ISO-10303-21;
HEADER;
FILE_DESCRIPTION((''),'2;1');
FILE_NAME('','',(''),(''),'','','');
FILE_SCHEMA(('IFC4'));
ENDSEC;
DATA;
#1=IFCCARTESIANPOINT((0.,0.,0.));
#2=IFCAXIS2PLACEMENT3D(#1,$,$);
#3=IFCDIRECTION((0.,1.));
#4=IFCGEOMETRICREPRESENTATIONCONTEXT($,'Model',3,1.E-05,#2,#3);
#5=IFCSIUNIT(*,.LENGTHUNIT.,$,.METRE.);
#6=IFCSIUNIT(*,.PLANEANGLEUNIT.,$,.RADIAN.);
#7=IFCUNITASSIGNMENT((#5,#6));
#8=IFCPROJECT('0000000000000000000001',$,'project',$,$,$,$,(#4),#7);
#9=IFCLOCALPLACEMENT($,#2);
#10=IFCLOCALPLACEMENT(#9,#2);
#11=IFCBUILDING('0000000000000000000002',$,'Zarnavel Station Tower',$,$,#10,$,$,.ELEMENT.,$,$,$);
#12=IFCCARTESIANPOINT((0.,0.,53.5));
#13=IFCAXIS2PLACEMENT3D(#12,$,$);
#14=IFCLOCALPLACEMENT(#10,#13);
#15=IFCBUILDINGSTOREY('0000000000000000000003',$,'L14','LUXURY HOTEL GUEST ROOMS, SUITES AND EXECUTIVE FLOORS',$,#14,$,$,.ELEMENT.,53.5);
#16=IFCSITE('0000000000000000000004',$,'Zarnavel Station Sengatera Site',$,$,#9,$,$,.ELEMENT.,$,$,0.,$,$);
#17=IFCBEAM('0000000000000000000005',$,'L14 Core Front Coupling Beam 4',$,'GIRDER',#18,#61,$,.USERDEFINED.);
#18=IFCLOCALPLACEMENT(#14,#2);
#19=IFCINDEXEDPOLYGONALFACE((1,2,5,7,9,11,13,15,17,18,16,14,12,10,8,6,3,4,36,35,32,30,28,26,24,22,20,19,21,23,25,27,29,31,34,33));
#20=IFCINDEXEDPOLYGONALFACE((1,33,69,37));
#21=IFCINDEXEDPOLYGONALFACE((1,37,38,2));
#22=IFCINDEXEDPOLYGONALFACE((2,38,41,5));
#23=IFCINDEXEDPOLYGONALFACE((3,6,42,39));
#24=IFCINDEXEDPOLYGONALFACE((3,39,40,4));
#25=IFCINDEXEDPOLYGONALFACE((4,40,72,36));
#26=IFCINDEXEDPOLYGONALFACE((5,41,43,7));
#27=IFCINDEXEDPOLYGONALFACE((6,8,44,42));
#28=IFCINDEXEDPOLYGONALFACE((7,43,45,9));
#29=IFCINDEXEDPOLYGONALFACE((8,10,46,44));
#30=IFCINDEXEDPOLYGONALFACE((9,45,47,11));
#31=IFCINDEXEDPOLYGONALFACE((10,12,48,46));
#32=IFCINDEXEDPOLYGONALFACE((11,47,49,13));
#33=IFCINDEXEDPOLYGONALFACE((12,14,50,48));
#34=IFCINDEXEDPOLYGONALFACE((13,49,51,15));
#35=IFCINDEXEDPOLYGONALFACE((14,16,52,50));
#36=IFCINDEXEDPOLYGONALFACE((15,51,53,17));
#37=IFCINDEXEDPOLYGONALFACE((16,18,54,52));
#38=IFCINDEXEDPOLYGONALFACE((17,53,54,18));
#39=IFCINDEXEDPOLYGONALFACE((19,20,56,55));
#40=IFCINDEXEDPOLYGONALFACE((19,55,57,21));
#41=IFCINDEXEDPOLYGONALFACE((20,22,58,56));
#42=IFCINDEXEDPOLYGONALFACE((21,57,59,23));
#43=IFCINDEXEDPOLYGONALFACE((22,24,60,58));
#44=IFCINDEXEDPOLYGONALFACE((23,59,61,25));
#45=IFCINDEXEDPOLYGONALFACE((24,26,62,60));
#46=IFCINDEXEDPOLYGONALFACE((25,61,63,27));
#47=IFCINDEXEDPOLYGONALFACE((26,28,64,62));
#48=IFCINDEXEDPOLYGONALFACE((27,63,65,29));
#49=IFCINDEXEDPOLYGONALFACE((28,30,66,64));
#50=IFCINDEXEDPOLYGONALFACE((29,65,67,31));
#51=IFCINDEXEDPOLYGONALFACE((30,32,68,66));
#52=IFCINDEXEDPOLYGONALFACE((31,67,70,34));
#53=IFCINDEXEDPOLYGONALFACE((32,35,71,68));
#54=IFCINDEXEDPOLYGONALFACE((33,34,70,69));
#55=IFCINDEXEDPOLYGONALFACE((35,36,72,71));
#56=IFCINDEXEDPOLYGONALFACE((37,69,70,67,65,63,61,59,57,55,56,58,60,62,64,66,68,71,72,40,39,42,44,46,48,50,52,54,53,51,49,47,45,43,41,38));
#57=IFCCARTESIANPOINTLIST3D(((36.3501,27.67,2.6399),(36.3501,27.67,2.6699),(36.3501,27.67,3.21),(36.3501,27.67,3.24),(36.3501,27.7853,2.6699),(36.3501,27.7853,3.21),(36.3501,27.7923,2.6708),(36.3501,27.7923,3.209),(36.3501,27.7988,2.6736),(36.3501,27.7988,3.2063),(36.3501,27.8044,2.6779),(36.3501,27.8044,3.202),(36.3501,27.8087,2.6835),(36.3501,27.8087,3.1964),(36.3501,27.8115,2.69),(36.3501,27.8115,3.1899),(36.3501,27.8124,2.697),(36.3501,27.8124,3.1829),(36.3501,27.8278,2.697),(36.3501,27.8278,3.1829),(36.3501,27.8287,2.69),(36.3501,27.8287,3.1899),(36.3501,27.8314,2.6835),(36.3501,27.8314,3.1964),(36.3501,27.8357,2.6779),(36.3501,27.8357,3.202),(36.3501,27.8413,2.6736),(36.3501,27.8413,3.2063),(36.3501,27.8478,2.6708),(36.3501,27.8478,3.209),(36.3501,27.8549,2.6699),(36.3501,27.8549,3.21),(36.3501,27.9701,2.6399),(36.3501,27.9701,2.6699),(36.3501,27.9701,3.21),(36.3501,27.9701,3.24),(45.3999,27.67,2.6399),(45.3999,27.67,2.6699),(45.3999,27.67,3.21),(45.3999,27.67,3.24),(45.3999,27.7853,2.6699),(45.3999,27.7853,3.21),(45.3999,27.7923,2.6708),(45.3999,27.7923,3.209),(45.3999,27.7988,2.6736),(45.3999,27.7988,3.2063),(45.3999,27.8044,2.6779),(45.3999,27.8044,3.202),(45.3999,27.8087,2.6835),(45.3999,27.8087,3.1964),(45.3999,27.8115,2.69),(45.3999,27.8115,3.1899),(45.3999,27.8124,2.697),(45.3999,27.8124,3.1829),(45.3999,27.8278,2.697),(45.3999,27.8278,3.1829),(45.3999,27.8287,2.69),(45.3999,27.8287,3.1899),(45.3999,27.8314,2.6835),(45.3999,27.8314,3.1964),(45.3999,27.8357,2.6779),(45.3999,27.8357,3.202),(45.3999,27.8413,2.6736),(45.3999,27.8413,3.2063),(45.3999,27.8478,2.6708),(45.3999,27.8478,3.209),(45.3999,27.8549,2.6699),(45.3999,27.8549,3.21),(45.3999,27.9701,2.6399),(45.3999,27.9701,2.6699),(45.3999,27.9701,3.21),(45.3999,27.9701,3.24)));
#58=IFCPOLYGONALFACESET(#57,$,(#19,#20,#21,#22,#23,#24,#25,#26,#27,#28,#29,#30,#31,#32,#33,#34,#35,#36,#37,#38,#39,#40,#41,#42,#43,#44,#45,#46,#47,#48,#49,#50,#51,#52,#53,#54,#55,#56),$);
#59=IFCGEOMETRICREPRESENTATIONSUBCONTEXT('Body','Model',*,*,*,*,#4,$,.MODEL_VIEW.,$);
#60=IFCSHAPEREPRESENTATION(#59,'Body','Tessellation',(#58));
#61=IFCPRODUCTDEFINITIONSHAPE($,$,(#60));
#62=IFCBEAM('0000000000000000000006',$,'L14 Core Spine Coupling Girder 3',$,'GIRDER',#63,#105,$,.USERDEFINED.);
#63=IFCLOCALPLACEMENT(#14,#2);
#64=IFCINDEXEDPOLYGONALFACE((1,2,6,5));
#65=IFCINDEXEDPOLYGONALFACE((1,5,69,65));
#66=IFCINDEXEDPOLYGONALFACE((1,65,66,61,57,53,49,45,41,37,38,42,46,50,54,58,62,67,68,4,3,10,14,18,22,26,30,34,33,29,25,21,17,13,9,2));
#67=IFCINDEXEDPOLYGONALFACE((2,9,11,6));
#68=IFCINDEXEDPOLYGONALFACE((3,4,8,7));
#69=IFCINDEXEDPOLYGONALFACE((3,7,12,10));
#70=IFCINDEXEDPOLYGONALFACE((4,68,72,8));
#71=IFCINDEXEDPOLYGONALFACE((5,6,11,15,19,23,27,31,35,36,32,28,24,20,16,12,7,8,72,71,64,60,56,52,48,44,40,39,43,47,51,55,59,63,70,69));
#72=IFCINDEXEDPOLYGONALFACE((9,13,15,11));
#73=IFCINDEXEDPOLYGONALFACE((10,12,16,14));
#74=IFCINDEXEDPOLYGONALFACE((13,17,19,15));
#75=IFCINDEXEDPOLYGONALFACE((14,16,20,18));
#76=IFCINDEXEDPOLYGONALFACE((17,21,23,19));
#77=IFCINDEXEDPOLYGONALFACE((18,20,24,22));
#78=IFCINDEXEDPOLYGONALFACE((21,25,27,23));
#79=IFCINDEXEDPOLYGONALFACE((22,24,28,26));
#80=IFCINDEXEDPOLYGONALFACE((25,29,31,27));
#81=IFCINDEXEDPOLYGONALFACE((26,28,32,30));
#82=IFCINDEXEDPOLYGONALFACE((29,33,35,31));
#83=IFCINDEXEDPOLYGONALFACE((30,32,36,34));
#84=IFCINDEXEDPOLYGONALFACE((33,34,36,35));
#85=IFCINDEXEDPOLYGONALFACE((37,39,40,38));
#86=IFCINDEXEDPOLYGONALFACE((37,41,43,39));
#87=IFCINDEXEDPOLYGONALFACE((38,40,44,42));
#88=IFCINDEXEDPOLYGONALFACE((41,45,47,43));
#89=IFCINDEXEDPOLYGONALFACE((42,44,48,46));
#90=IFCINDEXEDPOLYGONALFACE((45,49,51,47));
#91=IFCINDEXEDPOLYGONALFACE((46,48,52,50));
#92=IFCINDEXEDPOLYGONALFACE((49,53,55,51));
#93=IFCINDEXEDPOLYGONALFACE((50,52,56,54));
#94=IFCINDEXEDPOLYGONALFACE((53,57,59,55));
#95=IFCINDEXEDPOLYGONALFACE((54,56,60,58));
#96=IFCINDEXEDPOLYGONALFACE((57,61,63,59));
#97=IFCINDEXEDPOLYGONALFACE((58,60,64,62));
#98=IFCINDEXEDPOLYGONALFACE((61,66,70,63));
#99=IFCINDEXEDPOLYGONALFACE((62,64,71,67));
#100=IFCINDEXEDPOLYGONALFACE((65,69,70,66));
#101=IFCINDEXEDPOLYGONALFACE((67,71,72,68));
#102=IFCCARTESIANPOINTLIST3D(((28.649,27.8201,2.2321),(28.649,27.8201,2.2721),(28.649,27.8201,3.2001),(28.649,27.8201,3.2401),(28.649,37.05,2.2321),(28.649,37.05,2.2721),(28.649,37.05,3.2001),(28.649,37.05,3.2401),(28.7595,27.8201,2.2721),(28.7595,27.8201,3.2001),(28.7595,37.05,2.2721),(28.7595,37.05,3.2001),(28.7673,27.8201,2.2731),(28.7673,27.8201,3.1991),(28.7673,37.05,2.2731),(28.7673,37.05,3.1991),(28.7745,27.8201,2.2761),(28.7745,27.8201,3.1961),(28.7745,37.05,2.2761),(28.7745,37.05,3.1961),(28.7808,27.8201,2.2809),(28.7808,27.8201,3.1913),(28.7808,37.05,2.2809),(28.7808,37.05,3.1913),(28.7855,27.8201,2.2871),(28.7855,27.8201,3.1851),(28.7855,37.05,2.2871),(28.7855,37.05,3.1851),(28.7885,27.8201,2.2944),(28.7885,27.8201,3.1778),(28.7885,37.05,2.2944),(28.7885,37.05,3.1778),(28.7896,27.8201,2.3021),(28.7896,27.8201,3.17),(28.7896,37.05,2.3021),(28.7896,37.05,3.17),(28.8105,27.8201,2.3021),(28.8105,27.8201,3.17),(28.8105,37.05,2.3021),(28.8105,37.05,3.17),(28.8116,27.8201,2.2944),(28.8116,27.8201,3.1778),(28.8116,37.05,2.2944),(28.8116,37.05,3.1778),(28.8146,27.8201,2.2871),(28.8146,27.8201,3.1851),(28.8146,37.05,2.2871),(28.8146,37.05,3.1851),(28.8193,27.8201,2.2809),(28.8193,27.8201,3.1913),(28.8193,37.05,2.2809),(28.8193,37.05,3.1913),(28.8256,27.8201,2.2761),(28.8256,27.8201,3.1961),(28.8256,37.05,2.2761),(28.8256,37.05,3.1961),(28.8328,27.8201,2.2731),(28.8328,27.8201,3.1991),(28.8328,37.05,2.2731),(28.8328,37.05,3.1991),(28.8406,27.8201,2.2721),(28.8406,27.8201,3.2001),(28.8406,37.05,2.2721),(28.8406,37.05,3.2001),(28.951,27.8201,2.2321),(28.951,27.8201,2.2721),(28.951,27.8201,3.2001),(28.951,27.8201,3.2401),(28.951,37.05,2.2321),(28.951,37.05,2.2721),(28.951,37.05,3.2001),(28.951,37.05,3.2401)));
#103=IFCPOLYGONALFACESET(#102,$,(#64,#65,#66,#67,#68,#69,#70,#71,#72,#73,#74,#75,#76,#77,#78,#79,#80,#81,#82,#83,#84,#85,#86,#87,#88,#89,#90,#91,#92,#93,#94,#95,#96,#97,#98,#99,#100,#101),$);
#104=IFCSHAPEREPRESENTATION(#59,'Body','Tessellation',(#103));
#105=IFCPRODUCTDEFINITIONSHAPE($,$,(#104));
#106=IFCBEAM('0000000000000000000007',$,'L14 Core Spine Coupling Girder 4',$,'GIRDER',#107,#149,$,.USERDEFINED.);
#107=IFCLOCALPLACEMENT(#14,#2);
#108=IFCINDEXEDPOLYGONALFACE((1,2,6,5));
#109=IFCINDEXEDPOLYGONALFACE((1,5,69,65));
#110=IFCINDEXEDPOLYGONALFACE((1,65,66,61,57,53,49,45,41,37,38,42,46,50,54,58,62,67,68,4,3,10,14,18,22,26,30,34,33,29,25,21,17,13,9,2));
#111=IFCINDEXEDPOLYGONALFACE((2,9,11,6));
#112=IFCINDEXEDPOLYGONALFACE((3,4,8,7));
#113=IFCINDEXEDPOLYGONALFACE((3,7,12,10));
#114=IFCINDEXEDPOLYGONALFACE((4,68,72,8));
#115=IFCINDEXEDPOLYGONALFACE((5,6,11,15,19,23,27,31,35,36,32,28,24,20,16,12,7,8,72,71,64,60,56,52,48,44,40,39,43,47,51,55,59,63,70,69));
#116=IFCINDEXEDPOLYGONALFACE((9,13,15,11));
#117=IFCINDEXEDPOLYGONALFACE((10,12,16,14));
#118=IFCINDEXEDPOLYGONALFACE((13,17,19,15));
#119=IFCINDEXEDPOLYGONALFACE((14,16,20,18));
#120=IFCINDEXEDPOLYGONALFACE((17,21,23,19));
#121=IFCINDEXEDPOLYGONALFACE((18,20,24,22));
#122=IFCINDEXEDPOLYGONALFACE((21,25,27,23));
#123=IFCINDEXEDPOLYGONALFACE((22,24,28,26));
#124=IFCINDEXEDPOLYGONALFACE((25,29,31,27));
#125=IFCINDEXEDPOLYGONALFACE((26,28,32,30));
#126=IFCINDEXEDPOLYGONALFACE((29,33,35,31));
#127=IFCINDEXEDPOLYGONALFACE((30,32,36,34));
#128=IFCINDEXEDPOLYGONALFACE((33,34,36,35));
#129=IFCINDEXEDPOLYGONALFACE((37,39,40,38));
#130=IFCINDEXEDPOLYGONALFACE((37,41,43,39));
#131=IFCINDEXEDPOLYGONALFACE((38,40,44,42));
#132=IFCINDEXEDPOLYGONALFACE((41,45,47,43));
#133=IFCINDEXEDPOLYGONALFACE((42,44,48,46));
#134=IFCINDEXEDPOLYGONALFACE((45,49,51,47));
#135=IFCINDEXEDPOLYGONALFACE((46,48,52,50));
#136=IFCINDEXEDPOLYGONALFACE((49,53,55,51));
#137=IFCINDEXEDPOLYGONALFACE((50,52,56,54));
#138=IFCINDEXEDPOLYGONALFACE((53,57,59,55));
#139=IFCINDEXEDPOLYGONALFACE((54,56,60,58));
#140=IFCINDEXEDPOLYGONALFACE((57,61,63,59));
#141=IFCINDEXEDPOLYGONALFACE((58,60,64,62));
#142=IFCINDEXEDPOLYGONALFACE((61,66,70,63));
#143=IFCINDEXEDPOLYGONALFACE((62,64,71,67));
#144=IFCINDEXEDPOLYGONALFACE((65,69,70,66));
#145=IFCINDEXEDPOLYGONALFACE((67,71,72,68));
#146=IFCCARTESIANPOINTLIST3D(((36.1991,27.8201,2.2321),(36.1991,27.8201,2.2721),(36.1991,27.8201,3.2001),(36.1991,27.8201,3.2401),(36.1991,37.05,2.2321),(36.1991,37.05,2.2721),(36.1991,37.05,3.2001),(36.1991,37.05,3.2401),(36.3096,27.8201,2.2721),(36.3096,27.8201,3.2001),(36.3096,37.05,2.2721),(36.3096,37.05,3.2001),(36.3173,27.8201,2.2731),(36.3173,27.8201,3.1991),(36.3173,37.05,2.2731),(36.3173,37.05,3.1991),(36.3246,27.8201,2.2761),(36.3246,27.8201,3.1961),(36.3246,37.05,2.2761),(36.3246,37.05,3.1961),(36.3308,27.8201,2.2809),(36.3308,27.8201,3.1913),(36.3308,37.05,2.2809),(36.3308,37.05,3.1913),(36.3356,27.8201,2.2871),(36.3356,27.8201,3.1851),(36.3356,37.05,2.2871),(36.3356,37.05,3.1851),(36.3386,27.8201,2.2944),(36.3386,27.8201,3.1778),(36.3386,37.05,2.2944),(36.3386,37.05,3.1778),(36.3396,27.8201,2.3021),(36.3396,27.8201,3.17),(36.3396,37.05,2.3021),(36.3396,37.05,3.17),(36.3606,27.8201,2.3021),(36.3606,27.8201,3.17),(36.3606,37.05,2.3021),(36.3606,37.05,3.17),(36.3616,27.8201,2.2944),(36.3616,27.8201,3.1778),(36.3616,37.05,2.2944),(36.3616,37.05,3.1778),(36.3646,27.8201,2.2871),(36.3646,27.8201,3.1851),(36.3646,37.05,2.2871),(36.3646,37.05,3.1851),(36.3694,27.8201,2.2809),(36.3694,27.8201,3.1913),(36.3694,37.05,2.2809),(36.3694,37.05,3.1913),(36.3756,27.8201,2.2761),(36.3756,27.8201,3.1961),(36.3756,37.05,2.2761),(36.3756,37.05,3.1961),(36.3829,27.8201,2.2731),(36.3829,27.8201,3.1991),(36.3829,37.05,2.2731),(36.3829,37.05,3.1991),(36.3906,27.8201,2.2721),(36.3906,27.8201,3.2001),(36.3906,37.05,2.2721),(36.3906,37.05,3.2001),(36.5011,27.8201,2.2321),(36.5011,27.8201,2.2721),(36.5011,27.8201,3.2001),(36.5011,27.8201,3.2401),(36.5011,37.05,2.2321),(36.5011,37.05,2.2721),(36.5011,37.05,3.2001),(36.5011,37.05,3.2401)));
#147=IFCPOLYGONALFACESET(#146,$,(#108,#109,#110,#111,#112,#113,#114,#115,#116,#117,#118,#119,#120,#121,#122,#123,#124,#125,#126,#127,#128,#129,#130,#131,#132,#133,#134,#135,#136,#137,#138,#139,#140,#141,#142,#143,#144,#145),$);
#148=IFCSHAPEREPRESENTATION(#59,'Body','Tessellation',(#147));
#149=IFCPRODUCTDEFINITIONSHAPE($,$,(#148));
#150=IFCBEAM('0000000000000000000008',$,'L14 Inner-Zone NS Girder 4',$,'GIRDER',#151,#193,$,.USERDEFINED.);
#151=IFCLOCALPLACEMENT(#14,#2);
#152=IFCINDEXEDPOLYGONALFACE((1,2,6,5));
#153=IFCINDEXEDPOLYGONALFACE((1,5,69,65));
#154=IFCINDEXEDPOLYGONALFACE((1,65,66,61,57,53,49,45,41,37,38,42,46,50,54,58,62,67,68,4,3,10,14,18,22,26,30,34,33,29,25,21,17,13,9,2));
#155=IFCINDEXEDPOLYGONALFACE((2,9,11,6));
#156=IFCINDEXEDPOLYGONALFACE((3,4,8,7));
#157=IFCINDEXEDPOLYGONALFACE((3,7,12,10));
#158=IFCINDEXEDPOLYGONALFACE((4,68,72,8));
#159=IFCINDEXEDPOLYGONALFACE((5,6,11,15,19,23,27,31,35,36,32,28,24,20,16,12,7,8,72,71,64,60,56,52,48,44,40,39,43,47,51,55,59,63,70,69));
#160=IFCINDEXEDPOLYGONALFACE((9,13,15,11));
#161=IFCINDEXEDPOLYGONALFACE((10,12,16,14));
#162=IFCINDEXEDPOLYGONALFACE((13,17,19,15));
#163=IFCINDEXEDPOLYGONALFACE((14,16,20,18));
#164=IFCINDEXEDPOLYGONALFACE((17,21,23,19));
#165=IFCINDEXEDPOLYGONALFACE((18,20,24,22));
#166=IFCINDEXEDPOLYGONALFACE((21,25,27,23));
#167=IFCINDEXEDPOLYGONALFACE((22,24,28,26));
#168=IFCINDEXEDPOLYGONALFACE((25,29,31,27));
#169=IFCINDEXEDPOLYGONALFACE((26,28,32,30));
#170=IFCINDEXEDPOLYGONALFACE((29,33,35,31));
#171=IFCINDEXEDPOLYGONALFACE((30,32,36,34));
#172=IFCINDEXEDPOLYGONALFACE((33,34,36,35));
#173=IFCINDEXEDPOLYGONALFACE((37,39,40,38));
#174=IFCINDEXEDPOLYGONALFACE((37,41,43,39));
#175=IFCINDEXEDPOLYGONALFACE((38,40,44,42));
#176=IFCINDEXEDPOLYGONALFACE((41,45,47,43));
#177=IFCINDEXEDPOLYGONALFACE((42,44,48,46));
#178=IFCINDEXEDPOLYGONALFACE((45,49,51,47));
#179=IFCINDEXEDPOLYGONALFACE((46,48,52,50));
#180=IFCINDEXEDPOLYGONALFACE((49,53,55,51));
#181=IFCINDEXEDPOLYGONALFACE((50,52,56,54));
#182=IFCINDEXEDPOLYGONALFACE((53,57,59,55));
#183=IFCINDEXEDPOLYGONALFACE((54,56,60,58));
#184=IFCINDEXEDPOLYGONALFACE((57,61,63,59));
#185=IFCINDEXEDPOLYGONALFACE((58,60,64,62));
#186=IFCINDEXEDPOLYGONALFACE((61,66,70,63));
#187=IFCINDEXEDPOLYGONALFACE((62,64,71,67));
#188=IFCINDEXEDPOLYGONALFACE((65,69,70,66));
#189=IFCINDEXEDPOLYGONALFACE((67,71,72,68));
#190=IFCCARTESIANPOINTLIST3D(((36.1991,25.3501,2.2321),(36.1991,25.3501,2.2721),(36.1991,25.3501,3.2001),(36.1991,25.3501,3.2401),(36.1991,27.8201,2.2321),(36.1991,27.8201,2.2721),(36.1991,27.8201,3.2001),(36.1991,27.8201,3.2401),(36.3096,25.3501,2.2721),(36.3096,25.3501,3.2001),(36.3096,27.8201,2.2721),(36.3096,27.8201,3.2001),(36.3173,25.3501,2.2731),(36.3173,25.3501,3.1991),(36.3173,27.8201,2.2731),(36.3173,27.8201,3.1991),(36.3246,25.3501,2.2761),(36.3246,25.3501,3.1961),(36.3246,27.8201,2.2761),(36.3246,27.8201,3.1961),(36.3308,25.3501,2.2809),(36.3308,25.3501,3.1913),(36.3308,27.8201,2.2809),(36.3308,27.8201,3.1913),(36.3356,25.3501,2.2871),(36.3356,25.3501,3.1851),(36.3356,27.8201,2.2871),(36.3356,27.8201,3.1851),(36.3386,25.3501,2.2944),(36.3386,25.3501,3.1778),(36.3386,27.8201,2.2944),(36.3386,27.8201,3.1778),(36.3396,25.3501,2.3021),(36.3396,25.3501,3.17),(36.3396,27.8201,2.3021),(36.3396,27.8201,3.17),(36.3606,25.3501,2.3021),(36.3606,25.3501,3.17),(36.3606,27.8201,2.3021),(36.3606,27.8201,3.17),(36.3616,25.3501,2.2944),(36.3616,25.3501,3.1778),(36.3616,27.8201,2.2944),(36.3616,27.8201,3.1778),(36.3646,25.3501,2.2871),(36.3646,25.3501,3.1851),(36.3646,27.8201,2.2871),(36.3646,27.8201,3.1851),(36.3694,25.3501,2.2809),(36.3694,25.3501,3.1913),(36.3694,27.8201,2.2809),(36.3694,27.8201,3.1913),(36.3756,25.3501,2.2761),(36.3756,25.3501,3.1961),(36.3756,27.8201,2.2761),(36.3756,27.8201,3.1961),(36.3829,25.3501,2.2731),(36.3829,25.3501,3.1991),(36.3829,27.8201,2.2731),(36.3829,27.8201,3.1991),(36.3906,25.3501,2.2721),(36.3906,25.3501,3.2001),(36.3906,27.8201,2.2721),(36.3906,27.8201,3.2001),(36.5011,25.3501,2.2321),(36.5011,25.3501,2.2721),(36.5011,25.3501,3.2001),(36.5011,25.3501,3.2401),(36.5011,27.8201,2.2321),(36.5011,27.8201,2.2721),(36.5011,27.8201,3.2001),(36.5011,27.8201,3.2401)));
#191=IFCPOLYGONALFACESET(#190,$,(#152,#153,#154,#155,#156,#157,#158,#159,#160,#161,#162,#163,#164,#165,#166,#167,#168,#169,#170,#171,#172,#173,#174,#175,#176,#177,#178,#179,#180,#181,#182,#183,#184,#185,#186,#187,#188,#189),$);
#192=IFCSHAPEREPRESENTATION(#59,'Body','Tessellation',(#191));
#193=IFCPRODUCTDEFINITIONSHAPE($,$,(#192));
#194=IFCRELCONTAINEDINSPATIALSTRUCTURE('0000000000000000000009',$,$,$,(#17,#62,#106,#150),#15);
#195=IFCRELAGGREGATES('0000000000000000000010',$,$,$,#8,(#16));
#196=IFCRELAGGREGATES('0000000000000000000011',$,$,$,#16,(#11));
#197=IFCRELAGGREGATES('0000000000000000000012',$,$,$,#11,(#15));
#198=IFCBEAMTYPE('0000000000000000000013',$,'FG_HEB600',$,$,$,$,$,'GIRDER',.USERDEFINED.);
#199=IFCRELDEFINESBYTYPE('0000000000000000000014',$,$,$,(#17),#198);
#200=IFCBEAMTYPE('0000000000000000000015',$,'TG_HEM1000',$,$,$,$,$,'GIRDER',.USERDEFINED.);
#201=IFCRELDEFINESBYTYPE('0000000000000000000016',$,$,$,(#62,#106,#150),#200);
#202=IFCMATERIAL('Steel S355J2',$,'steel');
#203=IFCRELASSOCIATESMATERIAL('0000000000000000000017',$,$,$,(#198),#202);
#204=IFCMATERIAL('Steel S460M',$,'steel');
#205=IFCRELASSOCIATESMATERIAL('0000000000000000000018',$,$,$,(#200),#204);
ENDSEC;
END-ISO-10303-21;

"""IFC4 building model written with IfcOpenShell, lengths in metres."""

from ifc_helpers import new_model, si_unit, direction, frame, origin, origin_2d, place, context, subcontext, project, spatial, i_section, extrude, material, material_profile, profile_set, type_object, element, save


model = new_model("IFC4")

# Units and contexts
model_context = context("Model", 3, precision=1e-05, world=origin(), true_north=direction((0.0, 1.0)))
body_context = subcontext(model_context, "Body", "Model", "MODEL_VIEW")
ifc_project = project(units=[si_unit("LENGTHUNIT", "METRE"), si_unit("PLANEANGLEUNIT", "RADIAN")], contexts=[model_context])

# Site, building, storey
site_placement = place(None, origin())
site = spatial("IfcSite", under=ifc_project, at=site_placement, Name="Zarnavel Station Sengatera Site", CompositionType="ELEMENT", RefElevation=0.0)
building_placement = place(site_placement, origin())
building = spatial("IfcBuilding", under=site, at=building_placement, Name="Zarnavel Station Tower", CompositionType="ELEMENT")
storey_placement = place(building_placement, frame((0.0, 0.0, 53.5)))
storey = spatial("IfcBuildingStorey", under=building, at=storey_placement, Name="L14", Description="LUXURY HOTEL GUEST ROOMS, SUITES AND EXECUTIVE FLOORS", CompositionType="ELEMENT", Elevation=53.5)

# Beams
ifc_material_1 = material(Name="Steel S355J2", Category="steel")
ifc_material_profile_1 = material_profile(ifc_material_1, i_section(OverallWidth=0.3, OverallDepth=0.6001, WebThickness=0.0154, FlangeThickness=0.03, FilletRadius=0.0271, at=origin_2d()), Name="HEB600")
ifc_profile_set_1 = profile_set([ifc_material_profile_1], Name="Steel S355J2")
beam_type_1 = type_object("IfcBeamType", Name="FG_HEB600", ElementType="GIRDER", PredefinedType="USERDEFINED", material=ifc_profile_set_1)
beam_1_placement = place(storey_placement, frame((36.3501, 27.8201, 2.9399), z_axis=(1.0, 0.0, 0.0), x_axis=(0.0, 1.0, 0.0)))
element("IfcBeam", 1, at=beam_1_placement, inside=storey, type_object=beam_type_1, Name="L14 Core Front Coupling Beam 4", ObjectType="GIRDER", PredefinedType="USERDEFINED", context=body_context, shape_type="SweptSolid", body=[
    extrude(i_section(OverallWidth=0.3, OverallDepth=0.6001, WebThickness=0.0154, FlangeThickness=0.03, FilletRadius=0.0271, at=origin_2d()), origin(), (0.0, 0.0, 1.0), 9.0498),
])
ifc_material_2 = material(Name="Steel S460M", Category="steel")
ifc_material_profile_2 = material_profile(ifc_material_2, i_section(OverallWidth=0.302, OverallDepth=1.0081, WebThickness=0.021, FlangeThickness=0.04, FilletRadius=0.03, at=origin_2d()), Name="HEM1000")
ifc_profile_set_2 = profile_set([ifc_material_profile_2], Name="Steel S460M")
beam_type_2 = type_object("IfcBeamType", Name="TG_HEM1000", ElementType="GIRDER", PredefinedType="USERDEFINED", material=ifc_profile_set_2)
for number, where, z_axis, x_axis, name in (
    (2, (28.8, 27.8201, 2.7361), (0.0, 1.0, 0.0), (-1.0, 0.0, 0.0), "L14 Core Spine Coupling Girder 3"),
    (3, (36.3501, 27.8201, 2.7361), (0.0, 1.0, 0.0), (-1.0, 0.0, 0.0), "L14 Core Spine Coupling Girder 4"),
):
    element("IfcBeam", number, at=place(storey_placement, frame(where, z_axis=z_axis, x_axis=x_axis)), inside=storey, type_object=beam_type_2, Name=name, ObjectType="GIRDER", PredefinedType="USERDEFINED", context=body_context, shape_type="SweptSolid", body=[
        extrude(i_section(OverallWidth=0.302, OverallDepth=1.0081, WebThickness=0.021, FlangeThickness=0.04, FilletRadius=0.03, at=origin_2d()), origin(), (0.0, 0.0, 1.0), 9.23),
    ])
beam_2_placement = place(storey_placement, frame((36.3501, 25.3501, 2.7361), z_axis=(0.0, 1.0, 0.0), x_axis=(-1.0, 0.0, 0.0)))
element("IfcBeam", 4, at=beam_2_placement, inside=storey, type_object=beam_type_2, Name="L14 Inner-Zone NS Girder 4", ObjectType="GIRDER", PredefinedType="USERDEFINED", context=body_context, shape_type="SweptSolid", body=[
    extrude(i_section(OverallWidth=0.302, OverallDepth=1.0081, WebThickness=0.021, FlangeThickness=0.04, FilletRadius=0.03, at=origin_2d()), origin(), (0.0, 0.0, 1.0), 2.47),
])

save(model, "model.ifc")
